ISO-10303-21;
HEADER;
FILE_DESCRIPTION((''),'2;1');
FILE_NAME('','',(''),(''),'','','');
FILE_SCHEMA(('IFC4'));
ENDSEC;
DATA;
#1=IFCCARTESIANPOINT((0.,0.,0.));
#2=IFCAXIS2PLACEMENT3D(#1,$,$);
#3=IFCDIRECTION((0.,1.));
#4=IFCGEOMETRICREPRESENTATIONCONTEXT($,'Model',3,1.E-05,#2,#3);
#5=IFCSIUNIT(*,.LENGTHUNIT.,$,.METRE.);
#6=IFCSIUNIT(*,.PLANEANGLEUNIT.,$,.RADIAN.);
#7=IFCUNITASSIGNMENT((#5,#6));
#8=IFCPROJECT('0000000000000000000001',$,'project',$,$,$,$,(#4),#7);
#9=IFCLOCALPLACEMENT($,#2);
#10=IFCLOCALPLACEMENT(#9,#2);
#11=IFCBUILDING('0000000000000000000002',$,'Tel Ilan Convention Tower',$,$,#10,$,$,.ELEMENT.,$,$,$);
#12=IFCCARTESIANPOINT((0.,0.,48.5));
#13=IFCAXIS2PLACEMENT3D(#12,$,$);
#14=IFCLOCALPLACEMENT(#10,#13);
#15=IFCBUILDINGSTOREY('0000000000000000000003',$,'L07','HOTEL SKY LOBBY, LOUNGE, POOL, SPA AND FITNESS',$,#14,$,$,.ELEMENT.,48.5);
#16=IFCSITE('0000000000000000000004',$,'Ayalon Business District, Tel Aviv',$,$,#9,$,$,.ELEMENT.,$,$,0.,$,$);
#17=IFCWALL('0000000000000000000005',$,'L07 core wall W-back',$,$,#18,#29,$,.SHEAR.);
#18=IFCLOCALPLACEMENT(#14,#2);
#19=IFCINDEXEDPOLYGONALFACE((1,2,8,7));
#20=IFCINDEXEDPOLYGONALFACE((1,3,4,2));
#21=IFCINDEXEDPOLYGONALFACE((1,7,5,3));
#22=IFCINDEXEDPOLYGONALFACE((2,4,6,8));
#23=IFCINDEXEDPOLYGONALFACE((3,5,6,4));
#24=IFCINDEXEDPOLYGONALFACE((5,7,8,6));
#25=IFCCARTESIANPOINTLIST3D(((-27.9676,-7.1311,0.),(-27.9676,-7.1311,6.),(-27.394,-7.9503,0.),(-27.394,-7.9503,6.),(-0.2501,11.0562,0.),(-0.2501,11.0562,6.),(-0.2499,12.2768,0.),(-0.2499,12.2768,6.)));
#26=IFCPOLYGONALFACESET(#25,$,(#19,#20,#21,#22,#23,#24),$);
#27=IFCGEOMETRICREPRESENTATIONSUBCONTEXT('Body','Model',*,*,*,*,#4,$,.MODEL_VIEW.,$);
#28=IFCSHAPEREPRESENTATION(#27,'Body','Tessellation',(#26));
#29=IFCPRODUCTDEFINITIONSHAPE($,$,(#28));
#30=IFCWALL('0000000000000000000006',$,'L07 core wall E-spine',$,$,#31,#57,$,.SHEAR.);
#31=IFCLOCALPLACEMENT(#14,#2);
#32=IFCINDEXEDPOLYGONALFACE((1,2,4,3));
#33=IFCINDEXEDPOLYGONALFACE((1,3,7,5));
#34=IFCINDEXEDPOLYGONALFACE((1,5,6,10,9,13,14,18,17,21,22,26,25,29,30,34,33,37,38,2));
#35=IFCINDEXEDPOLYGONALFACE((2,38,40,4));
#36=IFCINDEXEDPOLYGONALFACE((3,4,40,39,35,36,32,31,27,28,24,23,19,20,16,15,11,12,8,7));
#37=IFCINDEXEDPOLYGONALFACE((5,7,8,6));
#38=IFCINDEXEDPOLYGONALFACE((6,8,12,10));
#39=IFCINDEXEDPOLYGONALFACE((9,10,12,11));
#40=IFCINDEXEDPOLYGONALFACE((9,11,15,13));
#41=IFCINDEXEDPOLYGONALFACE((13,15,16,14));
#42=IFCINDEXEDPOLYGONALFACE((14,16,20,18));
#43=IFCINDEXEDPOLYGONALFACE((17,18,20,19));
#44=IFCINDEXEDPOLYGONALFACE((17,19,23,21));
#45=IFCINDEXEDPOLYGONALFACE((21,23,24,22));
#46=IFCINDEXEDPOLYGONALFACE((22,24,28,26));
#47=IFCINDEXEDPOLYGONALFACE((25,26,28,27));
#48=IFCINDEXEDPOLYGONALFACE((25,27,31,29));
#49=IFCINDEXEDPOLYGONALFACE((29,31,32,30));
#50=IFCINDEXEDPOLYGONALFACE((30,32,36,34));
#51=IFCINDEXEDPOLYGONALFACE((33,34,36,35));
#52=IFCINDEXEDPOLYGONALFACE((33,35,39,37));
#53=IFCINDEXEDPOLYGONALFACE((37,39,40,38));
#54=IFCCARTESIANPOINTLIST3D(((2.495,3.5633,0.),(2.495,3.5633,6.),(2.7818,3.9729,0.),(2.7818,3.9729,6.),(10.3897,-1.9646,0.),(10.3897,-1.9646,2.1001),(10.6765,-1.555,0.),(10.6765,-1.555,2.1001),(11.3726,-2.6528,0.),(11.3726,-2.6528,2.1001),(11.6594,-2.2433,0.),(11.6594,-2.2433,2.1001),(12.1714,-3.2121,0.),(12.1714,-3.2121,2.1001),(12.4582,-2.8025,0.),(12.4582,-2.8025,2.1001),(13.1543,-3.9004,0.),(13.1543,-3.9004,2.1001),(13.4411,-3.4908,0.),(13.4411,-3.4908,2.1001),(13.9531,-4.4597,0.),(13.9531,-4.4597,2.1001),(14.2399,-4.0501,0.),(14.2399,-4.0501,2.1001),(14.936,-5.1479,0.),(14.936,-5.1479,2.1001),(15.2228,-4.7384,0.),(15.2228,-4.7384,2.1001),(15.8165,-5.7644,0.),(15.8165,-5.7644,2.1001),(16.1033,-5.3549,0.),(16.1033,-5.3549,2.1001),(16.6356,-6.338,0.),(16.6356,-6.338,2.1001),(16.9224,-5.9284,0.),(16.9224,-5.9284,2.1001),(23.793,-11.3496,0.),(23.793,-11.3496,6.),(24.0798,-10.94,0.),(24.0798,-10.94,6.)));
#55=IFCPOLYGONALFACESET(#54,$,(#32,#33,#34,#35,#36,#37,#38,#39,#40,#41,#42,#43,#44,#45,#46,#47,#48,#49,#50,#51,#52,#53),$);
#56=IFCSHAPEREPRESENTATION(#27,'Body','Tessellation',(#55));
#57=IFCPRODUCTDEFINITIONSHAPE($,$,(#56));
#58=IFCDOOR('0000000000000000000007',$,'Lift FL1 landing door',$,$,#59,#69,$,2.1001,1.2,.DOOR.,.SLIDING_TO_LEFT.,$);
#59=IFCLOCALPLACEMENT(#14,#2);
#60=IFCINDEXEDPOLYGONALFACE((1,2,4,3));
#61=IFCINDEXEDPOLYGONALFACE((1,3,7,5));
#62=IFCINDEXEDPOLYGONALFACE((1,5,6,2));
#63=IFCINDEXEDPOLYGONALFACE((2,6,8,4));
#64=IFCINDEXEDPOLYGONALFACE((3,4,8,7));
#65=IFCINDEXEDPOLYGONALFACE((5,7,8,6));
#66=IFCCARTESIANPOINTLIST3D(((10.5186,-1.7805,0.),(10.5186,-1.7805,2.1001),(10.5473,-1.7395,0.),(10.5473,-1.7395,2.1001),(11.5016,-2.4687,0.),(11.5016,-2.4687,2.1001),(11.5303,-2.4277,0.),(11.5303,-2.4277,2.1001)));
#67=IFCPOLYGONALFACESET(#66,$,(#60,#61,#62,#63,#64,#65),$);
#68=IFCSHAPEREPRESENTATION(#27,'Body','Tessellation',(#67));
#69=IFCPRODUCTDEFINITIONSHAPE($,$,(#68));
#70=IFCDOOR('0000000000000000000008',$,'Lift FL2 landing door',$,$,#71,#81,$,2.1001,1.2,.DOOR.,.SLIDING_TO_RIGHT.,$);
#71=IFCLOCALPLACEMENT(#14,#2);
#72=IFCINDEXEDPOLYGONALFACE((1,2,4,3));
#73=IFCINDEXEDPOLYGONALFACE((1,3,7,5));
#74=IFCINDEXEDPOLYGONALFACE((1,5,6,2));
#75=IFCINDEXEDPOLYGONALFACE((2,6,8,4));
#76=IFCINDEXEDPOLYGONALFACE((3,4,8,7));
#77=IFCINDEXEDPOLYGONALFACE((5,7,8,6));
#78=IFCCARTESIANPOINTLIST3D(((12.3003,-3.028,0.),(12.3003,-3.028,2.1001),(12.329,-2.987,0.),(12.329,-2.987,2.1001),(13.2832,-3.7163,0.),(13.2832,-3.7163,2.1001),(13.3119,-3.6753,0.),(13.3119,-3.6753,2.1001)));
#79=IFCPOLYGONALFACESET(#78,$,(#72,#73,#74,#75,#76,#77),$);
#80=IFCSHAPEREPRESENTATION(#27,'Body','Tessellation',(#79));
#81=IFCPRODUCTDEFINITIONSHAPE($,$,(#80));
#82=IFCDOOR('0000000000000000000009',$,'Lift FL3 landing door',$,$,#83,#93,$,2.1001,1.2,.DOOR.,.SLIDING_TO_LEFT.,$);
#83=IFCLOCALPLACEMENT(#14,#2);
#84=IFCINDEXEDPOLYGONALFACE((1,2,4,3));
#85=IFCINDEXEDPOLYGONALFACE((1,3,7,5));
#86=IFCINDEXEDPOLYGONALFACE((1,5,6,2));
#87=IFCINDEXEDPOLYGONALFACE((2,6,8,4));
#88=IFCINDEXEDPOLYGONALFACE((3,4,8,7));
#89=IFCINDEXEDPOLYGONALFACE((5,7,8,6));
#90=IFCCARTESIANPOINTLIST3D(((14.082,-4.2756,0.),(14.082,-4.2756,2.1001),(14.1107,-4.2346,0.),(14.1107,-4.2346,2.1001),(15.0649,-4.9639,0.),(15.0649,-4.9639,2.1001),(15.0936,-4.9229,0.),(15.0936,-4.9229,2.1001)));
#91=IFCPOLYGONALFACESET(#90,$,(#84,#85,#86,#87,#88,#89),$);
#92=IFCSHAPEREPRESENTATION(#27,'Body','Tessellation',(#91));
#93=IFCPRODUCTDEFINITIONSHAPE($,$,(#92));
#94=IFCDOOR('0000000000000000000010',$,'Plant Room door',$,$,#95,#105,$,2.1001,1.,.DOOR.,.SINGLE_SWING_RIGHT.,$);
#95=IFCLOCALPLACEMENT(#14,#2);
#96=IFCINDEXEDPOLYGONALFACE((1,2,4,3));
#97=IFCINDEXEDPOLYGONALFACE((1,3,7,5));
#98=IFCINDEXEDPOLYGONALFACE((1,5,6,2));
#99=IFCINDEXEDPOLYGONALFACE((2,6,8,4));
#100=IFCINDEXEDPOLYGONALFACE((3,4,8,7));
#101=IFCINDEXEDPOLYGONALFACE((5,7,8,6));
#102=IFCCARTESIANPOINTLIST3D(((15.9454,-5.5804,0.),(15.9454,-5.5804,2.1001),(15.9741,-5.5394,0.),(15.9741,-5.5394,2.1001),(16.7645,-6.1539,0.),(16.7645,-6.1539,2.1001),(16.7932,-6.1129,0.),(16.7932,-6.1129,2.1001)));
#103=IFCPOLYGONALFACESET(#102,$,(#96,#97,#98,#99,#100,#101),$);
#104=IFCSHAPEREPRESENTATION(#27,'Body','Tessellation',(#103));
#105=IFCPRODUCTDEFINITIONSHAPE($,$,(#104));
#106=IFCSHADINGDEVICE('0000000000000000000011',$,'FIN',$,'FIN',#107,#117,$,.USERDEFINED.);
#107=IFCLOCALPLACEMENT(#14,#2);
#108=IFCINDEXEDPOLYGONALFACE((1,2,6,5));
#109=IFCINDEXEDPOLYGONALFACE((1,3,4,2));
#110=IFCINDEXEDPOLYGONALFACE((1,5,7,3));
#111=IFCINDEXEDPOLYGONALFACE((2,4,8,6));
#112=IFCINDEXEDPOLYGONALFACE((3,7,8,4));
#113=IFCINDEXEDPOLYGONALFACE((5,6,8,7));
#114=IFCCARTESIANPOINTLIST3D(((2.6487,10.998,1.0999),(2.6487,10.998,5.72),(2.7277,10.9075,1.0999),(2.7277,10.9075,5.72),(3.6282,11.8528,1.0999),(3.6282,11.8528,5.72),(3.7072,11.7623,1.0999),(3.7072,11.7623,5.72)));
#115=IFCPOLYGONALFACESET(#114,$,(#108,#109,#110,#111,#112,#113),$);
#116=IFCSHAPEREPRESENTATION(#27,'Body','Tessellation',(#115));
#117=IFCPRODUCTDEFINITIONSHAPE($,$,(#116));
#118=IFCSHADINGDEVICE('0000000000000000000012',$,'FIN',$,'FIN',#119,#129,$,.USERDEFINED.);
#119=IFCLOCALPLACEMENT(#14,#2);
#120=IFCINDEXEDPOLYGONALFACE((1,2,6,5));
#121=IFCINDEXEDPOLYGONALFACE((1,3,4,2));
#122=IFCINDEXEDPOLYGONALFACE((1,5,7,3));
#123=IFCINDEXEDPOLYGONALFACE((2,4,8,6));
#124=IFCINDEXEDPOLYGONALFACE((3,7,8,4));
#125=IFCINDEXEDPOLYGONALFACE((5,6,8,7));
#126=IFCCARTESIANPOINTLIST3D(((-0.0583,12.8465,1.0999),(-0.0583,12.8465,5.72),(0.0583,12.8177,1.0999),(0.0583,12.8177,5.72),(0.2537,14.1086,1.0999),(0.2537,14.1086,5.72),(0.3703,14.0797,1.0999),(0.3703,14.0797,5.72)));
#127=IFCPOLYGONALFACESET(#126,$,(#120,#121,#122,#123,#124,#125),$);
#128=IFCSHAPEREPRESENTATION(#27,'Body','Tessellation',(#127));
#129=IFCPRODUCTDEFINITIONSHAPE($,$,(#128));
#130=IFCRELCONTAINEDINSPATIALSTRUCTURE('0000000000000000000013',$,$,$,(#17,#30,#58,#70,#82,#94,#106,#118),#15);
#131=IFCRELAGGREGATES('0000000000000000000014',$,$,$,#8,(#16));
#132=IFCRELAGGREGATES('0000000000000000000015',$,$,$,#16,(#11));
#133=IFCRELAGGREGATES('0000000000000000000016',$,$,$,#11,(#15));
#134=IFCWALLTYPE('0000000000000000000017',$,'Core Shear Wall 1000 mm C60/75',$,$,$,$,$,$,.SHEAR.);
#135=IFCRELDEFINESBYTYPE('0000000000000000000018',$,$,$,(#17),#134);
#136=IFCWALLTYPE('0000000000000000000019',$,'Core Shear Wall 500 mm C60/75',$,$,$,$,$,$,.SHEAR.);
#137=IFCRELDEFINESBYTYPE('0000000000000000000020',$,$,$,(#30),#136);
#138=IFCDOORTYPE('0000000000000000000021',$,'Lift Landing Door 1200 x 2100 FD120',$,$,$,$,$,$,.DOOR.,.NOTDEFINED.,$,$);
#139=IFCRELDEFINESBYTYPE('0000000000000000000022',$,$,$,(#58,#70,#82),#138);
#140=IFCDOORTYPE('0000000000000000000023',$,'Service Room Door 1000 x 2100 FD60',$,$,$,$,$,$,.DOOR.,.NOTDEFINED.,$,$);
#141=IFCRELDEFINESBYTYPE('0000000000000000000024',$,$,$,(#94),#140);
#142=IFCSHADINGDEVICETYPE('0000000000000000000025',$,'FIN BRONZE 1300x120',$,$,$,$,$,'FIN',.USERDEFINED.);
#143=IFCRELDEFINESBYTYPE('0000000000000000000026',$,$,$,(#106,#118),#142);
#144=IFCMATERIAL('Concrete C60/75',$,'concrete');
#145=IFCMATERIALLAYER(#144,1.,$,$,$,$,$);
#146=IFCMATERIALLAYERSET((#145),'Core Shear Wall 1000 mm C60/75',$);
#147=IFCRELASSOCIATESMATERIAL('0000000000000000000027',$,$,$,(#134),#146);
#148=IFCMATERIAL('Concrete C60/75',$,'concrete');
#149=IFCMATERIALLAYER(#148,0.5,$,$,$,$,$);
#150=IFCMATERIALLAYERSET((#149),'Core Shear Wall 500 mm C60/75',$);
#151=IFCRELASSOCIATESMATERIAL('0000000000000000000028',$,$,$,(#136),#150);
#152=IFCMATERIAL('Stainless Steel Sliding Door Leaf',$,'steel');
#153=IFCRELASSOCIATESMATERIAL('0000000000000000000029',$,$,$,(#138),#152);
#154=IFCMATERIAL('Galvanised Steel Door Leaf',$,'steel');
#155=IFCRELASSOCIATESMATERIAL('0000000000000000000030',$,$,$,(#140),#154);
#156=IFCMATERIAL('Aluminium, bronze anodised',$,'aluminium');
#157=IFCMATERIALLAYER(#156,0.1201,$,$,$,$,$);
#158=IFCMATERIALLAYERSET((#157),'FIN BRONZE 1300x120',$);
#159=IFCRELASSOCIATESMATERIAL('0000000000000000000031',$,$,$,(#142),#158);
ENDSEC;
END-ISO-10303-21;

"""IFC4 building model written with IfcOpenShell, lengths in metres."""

from ifc_helpers import new_model, si_unit, direction, frame, frame_2d, origin, origin_2d, place, context, subcontext, project, spatial, polyline, rectangle, outline, extrude, material, layer, layer_set, type_object, element, fill, save


model = new_model("IFC4")

# Units and contexts
model_context = context("Model", 3, precision=1e-05, world=origin(), true_north=direction((0.0, 1.0)))
body_context = subcontext(model_context, "Body", "Model", "MODEL_VIEW")
ifc_project = project(units=[si_unit("LENGTHUNIT", "METRE"), si_unit("PLANEANGLEUNIT", "RADIAN")], contexts=[model_context])

# Site, building, storey
site_placement = place(None, origin())
site = spatial("IfcSite", under=ifc_project, at=site_placement, Name="Ayalon Business District, Tel Aviv", CompositionType="ELEMENT", RefElevation=0.0)
building_placement = place(site_placement, origin())
building = spatial("IfcBuilding", under=site, at=building_placement, Name="Tel Ilan Convention Tower", CompositionType="ELEMENT")
storey_placement = place(building_placement, frame((0.0, 0.0, 48.5)))
storey = spatial("IfcBuildingStorey", under=building, at=storey_placement, Name="L07", Description="HOTEL SKY LOBBY, LOUNGE, POOL, SPA AND FITNESS", CompositionType="ELEMENT", Elevation=48.5)

# Wall
ifc_material_1 = material(Name="Concrete C60/75", Category="concrete")
ifc_layer_1 = layer(ifc_material_1, 1.0)
ifc_layer_set_1 = layer_set([ifc_layer_1], Name="Core Shear Wall 1000 mm C60/75")
wall_type_1 = type_object("IfcWallType", Name="Core Shear Wall 1000 mm C60/75", PredefinedType="SHEAR", material=ifc_layer_set_1)
wall_1_placement = place(storey_placement, frame((0.0369, 11.8672, 0.0), z_axis=(0.0, 0.0, 1.0), x_axis=(-0.819155, -0.573572, 0.0)))
element("IfcWall", 1, at=wall_1_placement, inside=storey, type_object=wall_type_1, Name="L07 core wall W-back", PredefinedType="SHEAR", context=body_context, shape_type="SweptSolid", body=[
    extrude(outline(polyline([(33.8369, 0.5), (0.7002, 0.4998), (0.0, -0.5), (33.8369, -0.5), (33.8369, 0.5)])), origin(), (0.0, 0.0, 1.0), 6.0),
])

# Wall, openings, doors
ifc_material_2 = material(Name="Concrete C60/75", Category="concrete")
ifc_layer_2 = layer(ifc_material_2, 0.5)
ifc_layer_set_2 = layer_set([ifc_layer_2], Name="Core Shear Wall 500 mm C60/75")
wall_type_2 = type_object("IfcWallType", Name="Core Shear Wall 500 mm C60/75", PredefinedType="SHEAR", material=ifc_layer_set_2)
wall_2_placement = place(storey_placement, frame((2.6384, 3.7681, 0.0), z_axis=(0.0, 0.0, 1.0), x_axis=(0.819149, -0.573581, 0.0)))
wall_2 = element("IfcWall", 2, at=wall_2_placement, inside=storey, type_object=wall_type_2, Name="L07 core wall E-spine", PredefinedType="SHEAR", context=body_context, shape_type="SweptSolid", body=[
    extrude(outline(polyline([(0.0, 0.25), (0.0, -0.25), (26.0, -0.2498), (26.0, 0.2502), (0.0, 0.25)])), origin(), (0.0, 0.0, 1.0), 6.0),
])
opening_1_placement = place(wall_2_placement, frame((9.6375, 0.0, 0.0)))
opening_1 = element("IfcOpeningElement", 3, at=opening_1_placement, cuts=wall_2, PredefinedType="OPENING", context=body_context, shape_type="SweptSolid", body=[
    extrude(rectangle(XDim=1.2, YDim=2.1001, at=frame_2d((0.6001, 1.05))), frame((0.0, 0.26, 0.0), z_axis=(0.0, -1.0, 0.0), x_axis=(1.0, 0.0, 0.0)), (0.0, 0.0, 1.0), 0.52),
])
opening_2_placement = place(wall_2_placement, frame((11.8125, 0.0, 0.0)))
opening_2 = element("IfcOpeningElement", 4, at=opening_2_placement, cuts=wall_2, PredefinedType="OPENING", context=body_context, shape_type="SweptSolid", body=[
    extrude(rectangle(XDim=1.2, YDim=2.1001, at=frame_2d((0.6001, 1.05))), frame((0.0, 0.26, 0.0), z_axis=(0.0, -1.0, 0.0), x_axis=(1.0, 0.0, 0.0)), (0.0, 0.0, 1.0), 0.52),
])
opening_3_placement = place(wall_2_placement, frame((13.9875, 0.0, 0.0)))
opening_3 = element("IfcOpeningElement", 5, at=opening_3_placement, cuts=wall_2, PredefinedType="OPENING", context=body_context, shape_type="SweptSolid", body=[
    extrude(rectangle(XDim=1.2, YDim=2.1001, at=frame_2d((0.6001, 1.05))), frame((0.0, 0.26, 0.0), z_axis=(0.0, -1.0, 0.0), x_axis=(1.0, 0.0, 0.0)), (0.0, 0.0, 1.0), 0.52),
])
opening_4_placement = place(wall_2_placement, frame((16.2625, 0.0, 0.0)))
opening_4 = element("IfcOpeningElement", 6, at=opening_4_placement, cuts=wall_2, PredefinedType="OPENING", context=body_context, shape_type="SweptSolid", body=[
    extrude(rectangle(XDim=1.0, YDim=2.1001, at=frame_2d((0.5, 1.05))), frame((0.0, 0.26, 0.0), z_axis=(0.0, -1.0, 0.0), x_axis=(1.0, 0.0, 0.0)), (0.0, 0.0, 1.0), 0.52),
])
ifc_material_3 = material(Name="Stainless Steel Sliding Door Leaf", Category="steel")
door_type_1 = type_object("IfcDoorType", Name="Lift Landing Door 1200 x 2100 FD120", OperationType="NOTDEFINED", PredefinedType="DOOR", material=ifc_material_3)
door_1_placement = place(opening_1_placement, origin())
door_1 = element("IfcDoor", 7, at=door_1_placement, inside=storey, type_object=door_type_1, Name="Lift FL1 landing door", OperationType="SLIDING_TO_LEFT", OverallHeight=2.1001, OverallWidth=1.2, PredefinedType="DOOR", context=body_context, shape_type="SweptSolid", body=[
    extrude(rectangle(XDim=1.2, YDim=2.1001, at=frame_2d((0.6001, 1.05))), frame((0.0, 0.0249, 0.0), z_axis=(0.0, -1.0, 0.0), x_axis=(1.0, 0.0, 0.0)), (0.0, 0.0, 1.0), 0.05),
])
fill(opening_1, door_1)
door_2_placement = place(opening_2_placement, origin())
door_2 = element("IfcDoor", 8, at=door_2_placement, inside=storey, type_object=door_type_1, Name="Lift FL2 landing door", OperationType="SLIDING_TO_RIGHT", OverallHeight=2.1001, OverallWidth=1.2, PredefinedType="DOOR", context=body_context, shape_type="SweptSolid", body=[
    extrude(rectangle(XDim=1.2, YDim=2.1001, at=frame_2d((0.6001, 1.05))), frame((0.0, 0.0249, 0.0), z_axis=(0.0, -1.0, 0.0), x_axis=(1.0, 0.0, 0.0)), (0.0, 0.0, 1.0), 0.05),
])
fill(opening_2, door_2)
door_3_placement = place(opening_3_placement, origin())
door_3 = element("IfcDoor", 9, at=door_3_placement, inside=storey, type_object=door_type_1, Name="Lift FL3 landing door", OperationType="SLIDING_TO_LEFT", OverallHeight=2.1001, OverallWidth=1.2, PredefinedType="DOOR", context=body_context, shape_type="SweptSolid", body=[
    extrude(rectangle(XDim=1.2, YDim=2.1001, at=frame_2d((0.6001, 1.05))), frame((0.0, 0.0249, 0.0), z_axis=(0.0, -1.0, 0.0), x_axis=(1.0, 0.0, 0.0)), (0.0, 0.0, 1.0), 0.05),
])
fill(opening_3, door_3)
ifc_material_4 = material(Name="Galvanised Steel Door Leaf", Category="steel")
door_type_2 = type_object("IfcDoorType", Name="Service Room Door 1000 x 2100 FD60", OperationType="NOTDEFINED", PredefinedType="DOOR", material=ifc_material_4)
door_4_placement = place(opening_4_placement, origin())
door_4 = element("IfcDoor", 10, at=door_4_placement, inside=storey, type_object=door_type_2, Name="Plant Room door", OperationType="SINGLE_SWING_RIGHT", OverallHeight=2.1001, OverallWidth=1.0, PredefinedType="DOOR", context=body_context, shape_type="SweptSolid", body=[
    extrude(rectangle(XDim=1.0, YDim=2.1001, at=frame_2d((0.5, 1.05))), frame((0.0, 0.0249, 0.0), z_axis=(0.0, -1.0, 0.0), x_axis=(1.0, 0.0, 0.0)), (0.0, 0.0, 1.0), 0.05),
])
fill(opening_4, door_4)

# Shading devices
ifc_material_5 = material(Name="Aluminium, bronze anodised", Category="aluminium")
ifc_layer_3 = layer(ifc_material_5, 0.1201)
ifc_layer_set_3 = layer_set([ifc_layer_3], Name="FIN BRONZE 1300x120")
shading_device_type = type_object("IfcShadingDeviceType", Name="FIN BRONZE 1300x120", ElementType="FIN", PredefinedType="USERDEFINED", material=ifc_layer_set_3)
for number, where, z_axis, x_axis, name in (
    (11, (3.178, 11.3801, 1.0999), (0.0, 0.0, 1.0), (0.753436, 0.657521, 0.0), "FIN"),
    (12, (0.156, 13.4631, 1.0999), (0.0, 0.0, 1.0), (0.24004, 0.970763, 0.0), "FIN"),
):
    element("IfcShadingDevice", number, at=place(storey_placement, frame(where, z_axis=z_axis, x_axis=x_axis)), inside=storey, type_object=shading_device_type, Name=name, ObjectType="FIN", PredefinedType="USERDEFINED", context=body_context, shape_type="SweptSolid", body=[
        extrude(rectangle(XDim=1.3, YDim=0.1201, at=origin_2d()), origin(), (0.0, 0.0, 1.0), 4.6201),
    ])

save(model, "model.ifc")
